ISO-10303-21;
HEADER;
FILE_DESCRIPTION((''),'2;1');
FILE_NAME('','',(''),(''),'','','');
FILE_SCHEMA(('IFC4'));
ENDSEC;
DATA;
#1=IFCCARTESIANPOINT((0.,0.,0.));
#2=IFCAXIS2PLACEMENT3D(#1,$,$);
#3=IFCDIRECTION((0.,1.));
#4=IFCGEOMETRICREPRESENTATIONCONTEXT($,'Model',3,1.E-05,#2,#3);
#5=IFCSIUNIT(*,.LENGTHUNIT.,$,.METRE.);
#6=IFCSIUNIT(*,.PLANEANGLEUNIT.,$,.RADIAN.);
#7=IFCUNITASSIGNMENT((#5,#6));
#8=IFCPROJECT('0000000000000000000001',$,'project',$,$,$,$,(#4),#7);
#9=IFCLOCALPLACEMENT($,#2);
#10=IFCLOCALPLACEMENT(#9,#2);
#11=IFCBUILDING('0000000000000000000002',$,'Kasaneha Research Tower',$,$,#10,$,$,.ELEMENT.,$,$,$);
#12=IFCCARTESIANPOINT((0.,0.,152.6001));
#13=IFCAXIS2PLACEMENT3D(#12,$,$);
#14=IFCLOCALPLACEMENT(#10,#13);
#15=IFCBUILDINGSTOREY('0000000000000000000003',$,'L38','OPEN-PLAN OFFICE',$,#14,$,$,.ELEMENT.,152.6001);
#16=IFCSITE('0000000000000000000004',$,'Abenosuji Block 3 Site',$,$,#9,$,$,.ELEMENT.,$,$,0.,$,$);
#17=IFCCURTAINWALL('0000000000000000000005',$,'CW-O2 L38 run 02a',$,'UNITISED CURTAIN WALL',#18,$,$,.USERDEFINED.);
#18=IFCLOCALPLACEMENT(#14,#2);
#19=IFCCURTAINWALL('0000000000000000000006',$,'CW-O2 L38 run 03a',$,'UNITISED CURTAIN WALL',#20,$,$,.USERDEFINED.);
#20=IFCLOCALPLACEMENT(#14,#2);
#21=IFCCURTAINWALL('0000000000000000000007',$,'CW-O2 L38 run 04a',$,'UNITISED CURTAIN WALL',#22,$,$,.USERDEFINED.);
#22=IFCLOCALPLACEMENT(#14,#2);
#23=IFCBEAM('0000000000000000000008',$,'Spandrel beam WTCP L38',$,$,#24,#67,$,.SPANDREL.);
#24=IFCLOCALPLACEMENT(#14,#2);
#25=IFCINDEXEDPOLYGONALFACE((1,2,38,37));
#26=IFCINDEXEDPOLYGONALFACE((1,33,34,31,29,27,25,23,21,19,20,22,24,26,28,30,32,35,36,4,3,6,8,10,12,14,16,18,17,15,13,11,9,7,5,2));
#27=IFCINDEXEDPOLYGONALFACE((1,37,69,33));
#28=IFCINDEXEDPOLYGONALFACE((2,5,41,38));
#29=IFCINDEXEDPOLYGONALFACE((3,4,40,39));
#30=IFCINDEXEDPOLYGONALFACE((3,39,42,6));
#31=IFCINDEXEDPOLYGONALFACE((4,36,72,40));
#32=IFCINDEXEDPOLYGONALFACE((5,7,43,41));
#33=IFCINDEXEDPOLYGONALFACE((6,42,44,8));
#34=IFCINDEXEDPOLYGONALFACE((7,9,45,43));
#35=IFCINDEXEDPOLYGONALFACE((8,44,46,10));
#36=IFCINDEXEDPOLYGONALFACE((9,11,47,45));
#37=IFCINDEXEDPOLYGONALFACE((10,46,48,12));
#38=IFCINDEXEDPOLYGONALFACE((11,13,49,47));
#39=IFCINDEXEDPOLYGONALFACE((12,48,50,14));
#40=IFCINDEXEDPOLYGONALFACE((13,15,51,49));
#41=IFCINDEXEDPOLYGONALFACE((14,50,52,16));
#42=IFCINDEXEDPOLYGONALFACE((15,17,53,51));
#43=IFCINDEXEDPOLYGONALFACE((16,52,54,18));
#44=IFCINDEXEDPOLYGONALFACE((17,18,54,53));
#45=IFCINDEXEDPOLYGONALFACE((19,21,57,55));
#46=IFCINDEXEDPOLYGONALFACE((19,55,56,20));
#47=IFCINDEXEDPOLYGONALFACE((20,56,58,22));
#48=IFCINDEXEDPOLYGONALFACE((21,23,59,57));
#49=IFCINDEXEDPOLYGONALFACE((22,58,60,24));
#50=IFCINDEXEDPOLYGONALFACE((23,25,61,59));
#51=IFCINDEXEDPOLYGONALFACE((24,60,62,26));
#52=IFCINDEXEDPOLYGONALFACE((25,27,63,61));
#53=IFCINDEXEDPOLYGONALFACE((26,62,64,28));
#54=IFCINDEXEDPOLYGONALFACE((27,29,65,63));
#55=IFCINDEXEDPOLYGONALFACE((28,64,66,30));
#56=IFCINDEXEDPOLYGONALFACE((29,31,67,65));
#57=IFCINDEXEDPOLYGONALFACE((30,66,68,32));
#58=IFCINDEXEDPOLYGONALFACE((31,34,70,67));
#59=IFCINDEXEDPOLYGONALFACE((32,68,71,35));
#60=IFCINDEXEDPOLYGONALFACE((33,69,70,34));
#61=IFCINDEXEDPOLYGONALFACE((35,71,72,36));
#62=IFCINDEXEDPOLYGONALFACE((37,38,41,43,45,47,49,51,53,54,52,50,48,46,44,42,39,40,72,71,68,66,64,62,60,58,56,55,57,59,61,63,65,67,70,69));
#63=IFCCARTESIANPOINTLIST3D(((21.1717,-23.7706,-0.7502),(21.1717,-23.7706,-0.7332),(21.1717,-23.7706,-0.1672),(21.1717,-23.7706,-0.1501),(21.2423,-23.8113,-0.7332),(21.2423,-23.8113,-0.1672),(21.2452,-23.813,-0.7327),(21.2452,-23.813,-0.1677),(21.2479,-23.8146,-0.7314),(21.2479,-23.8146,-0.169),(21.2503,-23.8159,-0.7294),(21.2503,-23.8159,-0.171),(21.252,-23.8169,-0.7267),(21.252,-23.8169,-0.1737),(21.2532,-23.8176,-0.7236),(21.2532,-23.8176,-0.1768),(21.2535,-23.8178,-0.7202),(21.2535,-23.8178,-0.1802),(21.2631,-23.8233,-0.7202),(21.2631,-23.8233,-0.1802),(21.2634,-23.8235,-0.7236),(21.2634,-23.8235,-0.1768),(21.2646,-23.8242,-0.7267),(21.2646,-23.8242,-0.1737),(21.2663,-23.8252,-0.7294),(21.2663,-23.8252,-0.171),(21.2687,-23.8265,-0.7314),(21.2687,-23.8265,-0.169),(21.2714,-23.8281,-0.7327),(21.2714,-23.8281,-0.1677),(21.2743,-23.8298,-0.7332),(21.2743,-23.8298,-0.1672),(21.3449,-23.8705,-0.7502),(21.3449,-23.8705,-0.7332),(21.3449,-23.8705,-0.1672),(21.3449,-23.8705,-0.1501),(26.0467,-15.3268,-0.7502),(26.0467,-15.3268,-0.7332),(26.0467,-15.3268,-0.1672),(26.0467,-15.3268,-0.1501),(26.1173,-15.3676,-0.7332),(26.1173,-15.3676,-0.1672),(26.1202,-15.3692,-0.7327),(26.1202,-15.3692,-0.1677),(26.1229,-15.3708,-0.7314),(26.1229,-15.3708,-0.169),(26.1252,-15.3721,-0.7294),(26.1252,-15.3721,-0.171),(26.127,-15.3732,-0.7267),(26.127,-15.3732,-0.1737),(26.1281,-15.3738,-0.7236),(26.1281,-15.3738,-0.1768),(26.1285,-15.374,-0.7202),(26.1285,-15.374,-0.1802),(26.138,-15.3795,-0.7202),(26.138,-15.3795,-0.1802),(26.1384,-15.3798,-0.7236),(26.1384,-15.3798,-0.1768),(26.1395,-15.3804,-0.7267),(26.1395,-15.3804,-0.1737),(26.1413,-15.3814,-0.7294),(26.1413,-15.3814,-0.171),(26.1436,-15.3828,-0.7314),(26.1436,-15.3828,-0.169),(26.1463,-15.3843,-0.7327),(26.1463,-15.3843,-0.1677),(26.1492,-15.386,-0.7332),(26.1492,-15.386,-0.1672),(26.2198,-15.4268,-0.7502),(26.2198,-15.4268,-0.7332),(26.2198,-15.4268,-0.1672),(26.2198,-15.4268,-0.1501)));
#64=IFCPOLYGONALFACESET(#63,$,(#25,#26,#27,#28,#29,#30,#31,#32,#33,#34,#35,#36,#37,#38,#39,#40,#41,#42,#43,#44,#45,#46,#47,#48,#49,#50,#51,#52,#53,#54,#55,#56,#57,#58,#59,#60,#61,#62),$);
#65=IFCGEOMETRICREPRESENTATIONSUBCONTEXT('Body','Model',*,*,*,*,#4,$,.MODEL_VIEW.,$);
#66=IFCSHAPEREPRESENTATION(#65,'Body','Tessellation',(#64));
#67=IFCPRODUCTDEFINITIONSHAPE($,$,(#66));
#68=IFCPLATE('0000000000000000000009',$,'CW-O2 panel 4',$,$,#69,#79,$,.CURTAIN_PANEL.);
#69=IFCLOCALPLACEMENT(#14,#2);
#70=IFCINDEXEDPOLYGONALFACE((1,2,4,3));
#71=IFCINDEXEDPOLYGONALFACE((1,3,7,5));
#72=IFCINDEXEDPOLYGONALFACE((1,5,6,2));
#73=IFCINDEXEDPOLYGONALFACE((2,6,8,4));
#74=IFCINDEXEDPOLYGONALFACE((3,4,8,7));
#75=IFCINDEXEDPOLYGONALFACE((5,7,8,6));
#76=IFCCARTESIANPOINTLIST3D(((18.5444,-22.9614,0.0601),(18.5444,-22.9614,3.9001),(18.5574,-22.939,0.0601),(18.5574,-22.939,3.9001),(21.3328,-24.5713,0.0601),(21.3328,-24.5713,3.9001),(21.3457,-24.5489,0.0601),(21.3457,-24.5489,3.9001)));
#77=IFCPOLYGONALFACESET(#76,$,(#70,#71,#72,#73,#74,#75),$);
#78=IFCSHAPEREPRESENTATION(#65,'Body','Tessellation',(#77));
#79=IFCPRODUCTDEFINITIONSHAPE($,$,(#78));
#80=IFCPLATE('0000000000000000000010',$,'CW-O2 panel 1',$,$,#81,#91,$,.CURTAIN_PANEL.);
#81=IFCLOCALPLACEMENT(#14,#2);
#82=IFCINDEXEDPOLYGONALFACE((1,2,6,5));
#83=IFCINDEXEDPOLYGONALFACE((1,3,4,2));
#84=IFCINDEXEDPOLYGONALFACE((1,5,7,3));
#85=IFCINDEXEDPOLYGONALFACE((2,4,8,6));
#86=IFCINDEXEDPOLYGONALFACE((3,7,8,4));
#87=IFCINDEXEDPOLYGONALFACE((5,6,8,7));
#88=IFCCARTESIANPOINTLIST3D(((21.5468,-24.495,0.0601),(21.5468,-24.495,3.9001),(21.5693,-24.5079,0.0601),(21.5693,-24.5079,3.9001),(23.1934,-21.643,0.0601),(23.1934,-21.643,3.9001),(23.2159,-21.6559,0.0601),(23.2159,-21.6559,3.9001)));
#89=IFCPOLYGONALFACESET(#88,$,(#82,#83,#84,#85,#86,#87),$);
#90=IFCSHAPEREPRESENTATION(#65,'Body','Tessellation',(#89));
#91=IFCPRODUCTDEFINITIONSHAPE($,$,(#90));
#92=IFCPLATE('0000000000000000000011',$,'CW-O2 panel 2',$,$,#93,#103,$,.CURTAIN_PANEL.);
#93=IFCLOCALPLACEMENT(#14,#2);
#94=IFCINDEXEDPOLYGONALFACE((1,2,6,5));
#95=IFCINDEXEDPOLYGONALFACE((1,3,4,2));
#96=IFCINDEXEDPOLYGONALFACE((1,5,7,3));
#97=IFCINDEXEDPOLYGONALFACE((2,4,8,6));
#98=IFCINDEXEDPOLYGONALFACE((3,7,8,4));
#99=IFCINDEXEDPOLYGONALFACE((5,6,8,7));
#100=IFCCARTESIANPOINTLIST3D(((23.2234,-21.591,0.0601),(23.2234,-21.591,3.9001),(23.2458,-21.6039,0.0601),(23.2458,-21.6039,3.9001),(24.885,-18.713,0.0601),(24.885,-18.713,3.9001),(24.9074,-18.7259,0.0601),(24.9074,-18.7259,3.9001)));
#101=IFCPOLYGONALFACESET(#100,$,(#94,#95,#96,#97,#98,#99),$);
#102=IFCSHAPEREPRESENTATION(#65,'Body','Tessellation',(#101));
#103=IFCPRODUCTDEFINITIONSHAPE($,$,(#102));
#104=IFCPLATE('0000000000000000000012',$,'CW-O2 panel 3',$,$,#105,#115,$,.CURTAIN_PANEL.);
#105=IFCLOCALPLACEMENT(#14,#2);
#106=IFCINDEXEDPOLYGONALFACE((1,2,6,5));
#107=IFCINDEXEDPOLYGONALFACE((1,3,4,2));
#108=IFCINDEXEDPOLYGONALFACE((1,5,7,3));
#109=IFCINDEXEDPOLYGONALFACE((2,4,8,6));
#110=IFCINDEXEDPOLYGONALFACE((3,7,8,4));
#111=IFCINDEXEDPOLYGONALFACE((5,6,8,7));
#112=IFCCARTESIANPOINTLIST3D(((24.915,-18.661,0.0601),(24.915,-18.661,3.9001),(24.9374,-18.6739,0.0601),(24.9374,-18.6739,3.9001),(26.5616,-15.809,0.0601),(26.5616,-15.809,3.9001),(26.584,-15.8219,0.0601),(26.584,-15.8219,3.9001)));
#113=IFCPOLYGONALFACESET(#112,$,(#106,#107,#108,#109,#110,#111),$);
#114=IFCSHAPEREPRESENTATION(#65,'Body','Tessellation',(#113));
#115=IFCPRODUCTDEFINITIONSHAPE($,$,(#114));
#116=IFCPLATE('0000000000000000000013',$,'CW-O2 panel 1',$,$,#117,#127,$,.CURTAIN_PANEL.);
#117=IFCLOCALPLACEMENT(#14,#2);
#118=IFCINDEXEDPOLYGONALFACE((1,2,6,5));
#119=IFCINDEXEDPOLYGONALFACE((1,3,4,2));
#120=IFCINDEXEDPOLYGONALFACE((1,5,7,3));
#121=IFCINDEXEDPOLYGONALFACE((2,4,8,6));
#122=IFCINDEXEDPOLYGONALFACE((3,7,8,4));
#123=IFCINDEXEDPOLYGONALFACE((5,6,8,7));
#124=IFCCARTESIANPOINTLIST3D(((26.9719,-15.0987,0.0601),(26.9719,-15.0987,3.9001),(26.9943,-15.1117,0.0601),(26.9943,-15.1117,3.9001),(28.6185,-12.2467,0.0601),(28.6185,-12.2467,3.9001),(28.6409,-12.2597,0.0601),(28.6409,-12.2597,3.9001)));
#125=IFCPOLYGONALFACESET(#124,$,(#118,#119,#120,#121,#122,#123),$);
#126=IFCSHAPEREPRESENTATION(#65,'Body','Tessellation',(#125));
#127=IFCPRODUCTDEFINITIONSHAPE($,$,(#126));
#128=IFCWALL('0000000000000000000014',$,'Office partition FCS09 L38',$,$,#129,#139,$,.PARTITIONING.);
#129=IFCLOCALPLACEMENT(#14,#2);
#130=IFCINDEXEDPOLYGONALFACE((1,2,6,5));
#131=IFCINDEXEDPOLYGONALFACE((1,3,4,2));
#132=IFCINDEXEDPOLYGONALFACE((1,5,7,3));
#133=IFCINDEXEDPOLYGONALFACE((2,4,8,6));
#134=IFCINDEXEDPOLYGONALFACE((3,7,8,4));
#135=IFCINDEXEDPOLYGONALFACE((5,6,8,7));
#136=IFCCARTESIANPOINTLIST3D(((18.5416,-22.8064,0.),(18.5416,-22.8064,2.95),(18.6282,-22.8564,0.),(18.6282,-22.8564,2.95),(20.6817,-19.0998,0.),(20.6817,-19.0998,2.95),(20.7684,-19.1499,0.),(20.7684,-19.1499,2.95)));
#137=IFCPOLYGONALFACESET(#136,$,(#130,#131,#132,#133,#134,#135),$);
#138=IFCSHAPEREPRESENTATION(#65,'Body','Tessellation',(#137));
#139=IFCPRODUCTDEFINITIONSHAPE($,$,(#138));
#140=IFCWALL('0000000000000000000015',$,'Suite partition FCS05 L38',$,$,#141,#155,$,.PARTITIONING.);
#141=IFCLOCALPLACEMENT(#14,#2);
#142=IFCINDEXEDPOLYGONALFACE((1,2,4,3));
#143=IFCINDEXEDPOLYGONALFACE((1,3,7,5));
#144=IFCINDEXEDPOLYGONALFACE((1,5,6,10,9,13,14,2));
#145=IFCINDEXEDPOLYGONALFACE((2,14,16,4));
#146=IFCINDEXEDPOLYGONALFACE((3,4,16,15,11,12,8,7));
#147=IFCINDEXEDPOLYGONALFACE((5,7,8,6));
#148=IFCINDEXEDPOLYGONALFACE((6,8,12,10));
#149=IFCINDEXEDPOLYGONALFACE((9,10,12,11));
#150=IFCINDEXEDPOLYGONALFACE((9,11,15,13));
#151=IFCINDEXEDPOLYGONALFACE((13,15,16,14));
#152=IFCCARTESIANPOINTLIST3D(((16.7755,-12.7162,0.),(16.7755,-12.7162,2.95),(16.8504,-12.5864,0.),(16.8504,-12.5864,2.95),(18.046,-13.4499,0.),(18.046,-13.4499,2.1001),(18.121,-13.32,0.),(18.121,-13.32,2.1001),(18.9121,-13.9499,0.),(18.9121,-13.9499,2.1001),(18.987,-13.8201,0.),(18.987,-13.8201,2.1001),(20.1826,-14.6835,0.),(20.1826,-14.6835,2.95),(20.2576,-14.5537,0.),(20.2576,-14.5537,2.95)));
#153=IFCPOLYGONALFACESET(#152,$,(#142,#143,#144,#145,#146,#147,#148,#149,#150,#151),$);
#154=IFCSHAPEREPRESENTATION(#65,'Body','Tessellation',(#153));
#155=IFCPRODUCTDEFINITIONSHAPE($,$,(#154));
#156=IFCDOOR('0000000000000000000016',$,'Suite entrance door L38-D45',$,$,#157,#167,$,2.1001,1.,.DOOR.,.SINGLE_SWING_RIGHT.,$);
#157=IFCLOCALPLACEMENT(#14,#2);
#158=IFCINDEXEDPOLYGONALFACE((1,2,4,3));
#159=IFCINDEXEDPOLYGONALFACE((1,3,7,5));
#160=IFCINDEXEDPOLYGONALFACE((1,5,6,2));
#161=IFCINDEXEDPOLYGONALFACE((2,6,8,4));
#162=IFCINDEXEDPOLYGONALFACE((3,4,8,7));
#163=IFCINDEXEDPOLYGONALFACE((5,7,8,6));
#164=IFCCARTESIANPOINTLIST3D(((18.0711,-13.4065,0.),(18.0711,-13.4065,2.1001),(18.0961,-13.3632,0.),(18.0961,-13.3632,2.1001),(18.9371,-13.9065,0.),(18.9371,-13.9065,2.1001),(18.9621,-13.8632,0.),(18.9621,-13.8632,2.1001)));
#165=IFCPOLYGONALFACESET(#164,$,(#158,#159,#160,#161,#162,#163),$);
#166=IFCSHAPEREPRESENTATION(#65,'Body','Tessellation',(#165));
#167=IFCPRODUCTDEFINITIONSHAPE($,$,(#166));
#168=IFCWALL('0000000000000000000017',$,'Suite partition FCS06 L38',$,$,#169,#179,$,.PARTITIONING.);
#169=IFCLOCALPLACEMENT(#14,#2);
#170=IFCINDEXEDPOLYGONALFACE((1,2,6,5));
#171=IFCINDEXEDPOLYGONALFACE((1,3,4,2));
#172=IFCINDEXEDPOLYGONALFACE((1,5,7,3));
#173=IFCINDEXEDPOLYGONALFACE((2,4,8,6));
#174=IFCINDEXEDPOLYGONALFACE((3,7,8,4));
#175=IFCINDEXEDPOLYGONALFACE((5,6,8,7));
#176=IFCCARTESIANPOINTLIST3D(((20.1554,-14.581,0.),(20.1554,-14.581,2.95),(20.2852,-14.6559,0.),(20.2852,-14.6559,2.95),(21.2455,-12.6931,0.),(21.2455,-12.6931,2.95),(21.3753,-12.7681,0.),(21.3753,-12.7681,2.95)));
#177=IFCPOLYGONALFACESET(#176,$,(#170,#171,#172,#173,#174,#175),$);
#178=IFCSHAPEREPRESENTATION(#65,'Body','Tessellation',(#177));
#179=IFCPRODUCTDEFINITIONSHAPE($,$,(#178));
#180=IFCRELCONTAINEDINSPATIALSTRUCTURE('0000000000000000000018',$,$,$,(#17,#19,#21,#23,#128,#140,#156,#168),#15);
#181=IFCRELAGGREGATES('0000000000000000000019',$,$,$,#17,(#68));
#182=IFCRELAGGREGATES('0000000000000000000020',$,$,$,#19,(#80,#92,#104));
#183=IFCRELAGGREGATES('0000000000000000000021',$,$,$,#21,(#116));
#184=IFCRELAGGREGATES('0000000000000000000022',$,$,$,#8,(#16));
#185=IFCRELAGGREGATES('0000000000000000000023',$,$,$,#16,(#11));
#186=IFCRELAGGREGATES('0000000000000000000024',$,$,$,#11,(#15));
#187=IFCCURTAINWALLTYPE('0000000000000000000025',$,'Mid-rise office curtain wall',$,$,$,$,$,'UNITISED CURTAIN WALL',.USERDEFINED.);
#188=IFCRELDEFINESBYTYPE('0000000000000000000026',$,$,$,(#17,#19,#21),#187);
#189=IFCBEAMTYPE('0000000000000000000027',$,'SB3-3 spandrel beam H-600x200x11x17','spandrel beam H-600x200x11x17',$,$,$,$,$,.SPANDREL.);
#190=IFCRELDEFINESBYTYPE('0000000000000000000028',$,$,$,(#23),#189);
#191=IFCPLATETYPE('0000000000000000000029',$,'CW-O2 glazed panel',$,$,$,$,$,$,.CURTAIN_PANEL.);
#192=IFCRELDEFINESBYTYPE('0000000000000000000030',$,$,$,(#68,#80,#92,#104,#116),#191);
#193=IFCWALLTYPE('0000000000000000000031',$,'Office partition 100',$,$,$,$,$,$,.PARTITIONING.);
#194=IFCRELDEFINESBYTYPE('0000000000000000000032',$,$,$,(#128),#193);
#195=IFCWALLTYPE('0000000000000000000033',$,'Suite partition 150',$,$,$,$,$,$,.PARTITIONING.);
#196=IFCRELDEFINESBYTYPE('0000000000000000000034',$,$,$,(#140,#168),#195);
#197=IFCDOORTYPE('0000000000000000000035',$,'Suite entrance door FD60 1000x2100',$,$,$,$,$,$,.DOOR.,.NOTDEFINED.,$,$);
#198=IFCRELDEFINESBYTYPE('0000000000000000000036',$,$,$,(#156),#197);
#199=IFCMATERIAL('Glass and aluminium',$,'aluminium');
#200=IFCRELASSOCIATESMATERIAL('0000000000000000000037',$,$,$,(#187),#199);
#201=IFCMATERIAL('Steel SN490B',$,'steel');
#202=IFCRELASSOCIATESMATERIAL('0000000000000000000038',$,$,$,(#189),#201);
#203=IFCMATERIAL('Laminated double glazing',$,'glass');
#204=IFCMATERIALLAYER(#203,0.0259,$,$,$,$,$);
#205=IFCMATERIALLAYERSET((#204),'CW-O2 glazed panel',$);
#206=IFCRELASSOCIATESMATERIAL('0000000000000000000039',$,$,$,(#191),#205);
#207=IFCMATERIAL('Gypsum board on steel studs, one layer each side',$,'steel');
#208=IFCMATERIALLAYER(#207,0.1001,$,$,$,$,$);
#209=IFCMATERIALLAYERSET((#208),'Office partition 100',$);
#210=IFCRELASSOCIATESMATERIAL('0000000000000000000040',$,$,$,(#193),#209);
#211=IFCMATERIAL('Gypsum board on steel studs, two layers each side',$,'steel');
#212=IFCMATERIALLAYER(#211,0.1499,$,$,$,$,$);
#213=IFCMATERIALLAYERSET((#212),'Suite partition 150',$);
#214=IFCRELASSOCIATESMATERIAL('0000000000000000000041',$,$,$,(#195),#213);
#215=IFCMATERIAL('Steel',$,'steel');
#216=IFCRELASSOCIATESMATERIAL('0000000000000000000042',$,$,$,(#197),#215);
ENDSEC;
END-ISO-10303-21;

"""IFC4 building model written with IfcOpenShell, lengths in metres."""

from ifc_helpers import new_model, si_unit, direction, frame, frame_2d, origin, origin_2d, place, context, subcontext, project, spatial, rectangle, i_section, extrude, material, layer, layer_set, material_profile, profile_set, type_object, element, fill, aggregate, save


model = new_model("IFC4")

# Units and contexts
model_context = context("Model", 3, precision=1e-05, world=origin(), true_north=direction((0.0, 1.0)))
body_context = subcontext(model_context, "Body", "Model", "MODEL_VIEW")
ifc_project = project(units=[si_unit("LENGTHUNIT", "METRE"), si_unit("PLANEANGLEUNIT", "RADIAN")], contexts=[model_context])

# Site, building, storey
site_placement = place(None, origin())
site = spatial("IfcSite", under=ifc_project, at=site_placement, Name="Abenosuji Block 3 Site", CompositionType="ELEMENT", RefElevation=0.0)
building_placement = place(site_placement, origin())
building = spatial("IfcBuilding", under=site, at=building_placement, Name="Kasaneha Research Tower", CompositionType="ELEMENT")
storey_placement = place(building_placement, frame((0.0, 0.0, 152.6001)))
storey = spatial("IfcBuildingStorey", under=building, at=storey_placement, Name="L38", Description="OPEN-PLAN OFFICE", CompositionType="ELEMENT", Elevation=152.6001)

# Curtain wall
ifc_material_1 = material(Name="Glass and aluminium", Category="aluminium")
curtain_wall_type = type_object("IfcCurtainWallType", Name="Mid-rise office curtain wall", ElementType="UNITISED CURTAIN WALL", PredefinedType="USERDEFINED", material=ifc_material_1)
curtain_wall_1_placement = place(storey_placement, origin())
curtain_wall_1 = element("IfcCurtainWall", 1, at=curtain_wall_1_placement, inside=storey, type_object=curtain_wall_type, Name="CW-O2 L38 run 02a", ObjectType="UNITISED CURTAIN WALL", PredefinedType="USERDEFINED")

# Curtain walls
curtain_wall_2_placement = place(storey_placement, origin())
curtain_wall_2 = element("IfcCurtainWall", 2, at=curtain_wall_2_placement, inside=storey, type_object=curtain_wall_type, Name="CW-O2 L38 run 03a", ObjectType="UNITISED CURTAIN WALL", PredefinedType="USERDEFINED")
curtain_wall_3_placement = place(storey_placement, origin())
curtain_wall_3 = element("IfcCurtainWall", 3, at=curtain_wall_3_placement, inside=storey, type_object=curtain_wall_type, Name="CW-O2 L38 run 04a", ObjectType="UNITISED CURTAIN WALL", PredefinedType="USERDEFINED")

# Beam
ifc_material_2 = material(Name="Steel SN490B", Category="steel")
ifc_material_profile_1 = material_profile(ifc_material_2, i_section(OverallWidth=0.2, OverallDepth=0.6001, WebThickness=0.011, FlangeThickness=0.0171, FilletRadius=0.0129, at=origin_2d()), Name="H-600x200x11x17")
ifc_profile_set_1 = profile_set([ifc_material_profile_1], Name="Steel SN490B")
beam_type = type_object("IfcBeamType", Name="SB3-3 spandrel beam H-600x200x11x17", Description="spandrel beam H-600x200x11x17", PredefinedType="SPANDREL", material=ifc_profile_set_1)
beam_placement = place(storey_placement, frame((21.2583, -23.8206, -0.4502), z_axis=(0.499996, 0.866028, 0.0), x_axis=(-0.866028, 0.499996, 0.0)))
element("IfcBeam", 4, at=beam_placement, inside=storey, type_object=beam_type, Name="Spandrel beam WTCP L38", PredefinedType="SPANDREL", context=body_context, shape_type="SweptSolid", body=[
    extrude(i_section(OverallWidth=0.2, OverallDepth=0.6001, WebThickness=0.011, FlangeThickness=0.0171, FilletRadius=0.0129, at=origin_2d()), origin(), (0.0, 0.0, 1.0), 9.75),
])

# Plates
ifc_material_3 = material(Name="Laminated double glazing", Category="glass")
ifc_layer_1 = layer(ifc_material_3, 0.0259)
ifc_layer_set_1 = layer_set([ifc_layer_1], Name="CW-O2 glazed panel")
plate_type = type_object("IfcPlateType", Name="CW-O2 glazed panel", PredefinedType="CURTAIN_PANEL", material=ifc_layer_set_1)
plate_1_placement = place(storey_placement, frame((19.9451, -23.7551, 0.0601), z_axis=(0.0, 0.0, 1.0), x_axis=(0.866025, -0.5, 0.0)))
plate_1 = element("IfcPlate", 5, at=plate_1_placement, type_object=plate_type, Name="CW-O2 panel 4", PredefinedType="CURTAIN_PANEL", context=body_context, shape_type="SweptSolid", body=[
    extrude(rectangle(XDim=3.2197, YDim=0.0259, at=origin_2d()), origin(), (0.0, 0.0, 1.0), 3.8401),
])
aggregate(curtain_wall_1, [plate_1])
plate_2_placement = place(storey_placement, frame((22.3813, -23.0754, 0.0601), z_axis=(0.0, 0.0, 1.0), x_axis=(0.5, 0.866025, 0.0)))
plate_2 = element("IfcPlate", 6, at=plate_2_placement, type_object=plate_type, Name="CW-O2 panel 1", PredefinedType="CURTAIN_PANEL", context=body_context, shape_type="SweptSolid", body=[
    extrude(rectangle(XDim=3.2932, YDim=0.0259, at=origin_2d()), origin(), (0.0, 0.0, 1.0), 3.8401),
])
plate_3_placement = place(storey_placement, frame((24.0654, -20.1584, 0.0601), z_axis=(0.0, 0.0, 1.0), x_axis=(0.5, 0.866025, 0.0)))
plate_3 = element("IfcPlate", 7, at=plate_3_placement, type_object=plate_type, Name="CW-O2 panel 2", PredefinedType="CURTAIN_PANEL", context=body_context, shape_type="SweptSolid", body=[
    extrude(rectangle(XDim=3.3232, YDim=0.0259, at=origin_2d()), origin(), (0.0, 0.0, 1.0), 3.8401),
])
plate_4_placement = place(storey_placement, frame((25.7495, -17.2415, 0.0601), z_axis=(0.0, 0.0, 1.0), x_axis=(0.5, 0.866025, 0.0)))
plate_4 = element("IfcPlate", 8, at=plate_4_placement, type_object=plate_type, Name="CW-O2 panel 3", PredefinedType="CURTAIN_PANEL", context=body_context, shape_type="SweptSolid", body=[
    extrude(rectangle(XDim=3.2932, YDim=0.0259, at=origin_2d()), origin(), (0.0, 0.0, 1.0), 3.8401),
])
aggregate(curtain_wall_2, [plate_2, plate_3, plate_4])
plate_5_placement = place(storey_placement, frame((27.8064, -13.6792, 0.0601), z_axis=(0.0, 0.0, 1.0), x_axis=(0.5, 0.866025, 0.0)))
plate_5 = element("IfcPlate", 9, at=plate_5_placement, type_object=plate_type, Name="CW-O2 panel 1", PredefinedType="CURTAIN_PANEL", context=body_context, shape_type="SweptSolid", body=[
    extrude(rectangle(XDim=3.2932, YDim=0.0259, at=origin_2d()), origin(), (0.0, 0.0, 1.0), 3.8401),
])
aggregate(curtain_wall_3, [plate_5])

# Wall
ifc_material_4 = material(Name="Gypsum board on steel studs, one layer each side", Category="steel")
ifc_layer_2 = layer(ifc_material_4, 0.1001)
ifc_layer_set_2 = layer_set([ifc_layer_2], Name="Office partition 100")
wall_type_1 = type_object("IfcWallType", Name="Office partition 100", PredefinedType="PARTITIONING", material=ifc_layer_set_2)
wall_1_placement = place(storey_placement, frame((20.7251, -19.1248, 0.0), z_axis=(0.0, 0.0, 1.0), x_axis=(-0.500029, -0.866009, 0.0)))
element("IfcWall", 10, at=wall_1_placement, inside=storey, type_object=wall_type_1, Name="Office partition FCS09 L38", PredefinedType="PARTITIONING", context=body_context, shape_type="SweptSolid", body=[
    extrude(rectangle(XDim=4.28, YDim=0.1001, at=frame_2d((2.1401, 0.0))), origin(), (0.0, 0.0, 1.0), 2.95),
])

# Wall, opening, door
ifc_material_5 = material(Name="Gypsum board on steel studs, two layers each side", Category="steel")
ifc_layer_3 = layer(ifc_material_5, 0.1499)
ifc_layer_set_3 = layer_set([ifc_layer_3], Name="Suite partition 150")
wall_type_2 = type_object("IfcWallType", Name="Suite partition 150", PredefinedType="PARTITIONING", material=ifc_layer_set_3)
wall_2_placement = place(storey_placement, frame((20.2202, -14.6187, 0.0), z_axis=(0.0, 0.0, 1.0), x_axis=(-0.866012, 0.500023, 0.0)))
wall_2 = element("IfcWall", 11, at=wall_2_placement, inside=storey, type_object=wall_type_2, Name="Suite partition FCS05 L38", PredefinedType="PARTITIONING", context=body_context, shape_type="SweptSolid", body=[
    extrude(rectangle(XDim=3.9343, YDim=0.1499, at=frame_2d((1.9673, 0.0))), origin(), (0.0, 0.0, 1.0), 2.95),
])
opening_placement = place(wall_2_placement, frame((1.4673, 0.0, 0.0)))
opening = element("IfcOpeningElement", 12, at=opening_placement, cuts=wall_2, PredefinedType="OPENING", context=body_context, shape_type="SweptSolid", body=[
    extrude(rectangle(XDim=1.0, YDim=2.1001, at=frame_2d((0.5, 1.05))), frame((0.0, 0.085, 0.0), z_axis=(0.0, -1.0, 0.0), x_axis=(1.0, 0.0, 0.0)), (0.0, 0.0, 1.0), 0.1699),
])
ifc_material_6 = material(Name="Steel", Category="steel")
door_type = type_object("IfcDoorType", Name="Suite entrance door FD60 1000x2100", OperationType="NOTDEFINED", PredefinedType="DOOR", material=ifc_material_6)
door_placement = place(opening_placement, origin())
door = element("IfcDoor", 13, at=door_placement, inside=storey, type_object=door_type, Name="Suite entrance door L38-D45", OperationType="SINGLE_SWING_RIGHT", OverallHeight=2.1001, OverallWidth=1.0, PredefinedType="DOOR", context=body_context, shape_type="SweptSolid", body=[
    extrude(rectangle(XDim=1.0, YDim=2.1001, at=frame_2d((0.5, 1.05))), frame((0.0, 0.0249, 0.0), z_axis=(0.0, -1.0, 0.0), x_axis=(1.0, 0.0, 0.0)), (0.0, 0.0, 1.0), 0.05),
])
fill(opening, door)

# Wall
wall_3_placement = place(storey_placement, frame((21.3103, -12.7307, 0.0), z_axis=(0.0, 0.0, 1.0), x_axis=(-0.500029, -0.866008, 0.0)))
element("IfcWall", 14, at=wall_3_placement, inside=storey, type_object=wall_type_2, Name="Suite partition FCS06 L38", PredefinedType="PARTITIONING", context=body_context, shape_type="SweptSolid", body=[
    extrude(rectangle(XDim=2.1799, YDim=0.1499, at=frame_2d((1.0898, 0.0))), origin(), (0.0, 0.0, 1.0), 2.95),
])

save(model, "model.ifc")
